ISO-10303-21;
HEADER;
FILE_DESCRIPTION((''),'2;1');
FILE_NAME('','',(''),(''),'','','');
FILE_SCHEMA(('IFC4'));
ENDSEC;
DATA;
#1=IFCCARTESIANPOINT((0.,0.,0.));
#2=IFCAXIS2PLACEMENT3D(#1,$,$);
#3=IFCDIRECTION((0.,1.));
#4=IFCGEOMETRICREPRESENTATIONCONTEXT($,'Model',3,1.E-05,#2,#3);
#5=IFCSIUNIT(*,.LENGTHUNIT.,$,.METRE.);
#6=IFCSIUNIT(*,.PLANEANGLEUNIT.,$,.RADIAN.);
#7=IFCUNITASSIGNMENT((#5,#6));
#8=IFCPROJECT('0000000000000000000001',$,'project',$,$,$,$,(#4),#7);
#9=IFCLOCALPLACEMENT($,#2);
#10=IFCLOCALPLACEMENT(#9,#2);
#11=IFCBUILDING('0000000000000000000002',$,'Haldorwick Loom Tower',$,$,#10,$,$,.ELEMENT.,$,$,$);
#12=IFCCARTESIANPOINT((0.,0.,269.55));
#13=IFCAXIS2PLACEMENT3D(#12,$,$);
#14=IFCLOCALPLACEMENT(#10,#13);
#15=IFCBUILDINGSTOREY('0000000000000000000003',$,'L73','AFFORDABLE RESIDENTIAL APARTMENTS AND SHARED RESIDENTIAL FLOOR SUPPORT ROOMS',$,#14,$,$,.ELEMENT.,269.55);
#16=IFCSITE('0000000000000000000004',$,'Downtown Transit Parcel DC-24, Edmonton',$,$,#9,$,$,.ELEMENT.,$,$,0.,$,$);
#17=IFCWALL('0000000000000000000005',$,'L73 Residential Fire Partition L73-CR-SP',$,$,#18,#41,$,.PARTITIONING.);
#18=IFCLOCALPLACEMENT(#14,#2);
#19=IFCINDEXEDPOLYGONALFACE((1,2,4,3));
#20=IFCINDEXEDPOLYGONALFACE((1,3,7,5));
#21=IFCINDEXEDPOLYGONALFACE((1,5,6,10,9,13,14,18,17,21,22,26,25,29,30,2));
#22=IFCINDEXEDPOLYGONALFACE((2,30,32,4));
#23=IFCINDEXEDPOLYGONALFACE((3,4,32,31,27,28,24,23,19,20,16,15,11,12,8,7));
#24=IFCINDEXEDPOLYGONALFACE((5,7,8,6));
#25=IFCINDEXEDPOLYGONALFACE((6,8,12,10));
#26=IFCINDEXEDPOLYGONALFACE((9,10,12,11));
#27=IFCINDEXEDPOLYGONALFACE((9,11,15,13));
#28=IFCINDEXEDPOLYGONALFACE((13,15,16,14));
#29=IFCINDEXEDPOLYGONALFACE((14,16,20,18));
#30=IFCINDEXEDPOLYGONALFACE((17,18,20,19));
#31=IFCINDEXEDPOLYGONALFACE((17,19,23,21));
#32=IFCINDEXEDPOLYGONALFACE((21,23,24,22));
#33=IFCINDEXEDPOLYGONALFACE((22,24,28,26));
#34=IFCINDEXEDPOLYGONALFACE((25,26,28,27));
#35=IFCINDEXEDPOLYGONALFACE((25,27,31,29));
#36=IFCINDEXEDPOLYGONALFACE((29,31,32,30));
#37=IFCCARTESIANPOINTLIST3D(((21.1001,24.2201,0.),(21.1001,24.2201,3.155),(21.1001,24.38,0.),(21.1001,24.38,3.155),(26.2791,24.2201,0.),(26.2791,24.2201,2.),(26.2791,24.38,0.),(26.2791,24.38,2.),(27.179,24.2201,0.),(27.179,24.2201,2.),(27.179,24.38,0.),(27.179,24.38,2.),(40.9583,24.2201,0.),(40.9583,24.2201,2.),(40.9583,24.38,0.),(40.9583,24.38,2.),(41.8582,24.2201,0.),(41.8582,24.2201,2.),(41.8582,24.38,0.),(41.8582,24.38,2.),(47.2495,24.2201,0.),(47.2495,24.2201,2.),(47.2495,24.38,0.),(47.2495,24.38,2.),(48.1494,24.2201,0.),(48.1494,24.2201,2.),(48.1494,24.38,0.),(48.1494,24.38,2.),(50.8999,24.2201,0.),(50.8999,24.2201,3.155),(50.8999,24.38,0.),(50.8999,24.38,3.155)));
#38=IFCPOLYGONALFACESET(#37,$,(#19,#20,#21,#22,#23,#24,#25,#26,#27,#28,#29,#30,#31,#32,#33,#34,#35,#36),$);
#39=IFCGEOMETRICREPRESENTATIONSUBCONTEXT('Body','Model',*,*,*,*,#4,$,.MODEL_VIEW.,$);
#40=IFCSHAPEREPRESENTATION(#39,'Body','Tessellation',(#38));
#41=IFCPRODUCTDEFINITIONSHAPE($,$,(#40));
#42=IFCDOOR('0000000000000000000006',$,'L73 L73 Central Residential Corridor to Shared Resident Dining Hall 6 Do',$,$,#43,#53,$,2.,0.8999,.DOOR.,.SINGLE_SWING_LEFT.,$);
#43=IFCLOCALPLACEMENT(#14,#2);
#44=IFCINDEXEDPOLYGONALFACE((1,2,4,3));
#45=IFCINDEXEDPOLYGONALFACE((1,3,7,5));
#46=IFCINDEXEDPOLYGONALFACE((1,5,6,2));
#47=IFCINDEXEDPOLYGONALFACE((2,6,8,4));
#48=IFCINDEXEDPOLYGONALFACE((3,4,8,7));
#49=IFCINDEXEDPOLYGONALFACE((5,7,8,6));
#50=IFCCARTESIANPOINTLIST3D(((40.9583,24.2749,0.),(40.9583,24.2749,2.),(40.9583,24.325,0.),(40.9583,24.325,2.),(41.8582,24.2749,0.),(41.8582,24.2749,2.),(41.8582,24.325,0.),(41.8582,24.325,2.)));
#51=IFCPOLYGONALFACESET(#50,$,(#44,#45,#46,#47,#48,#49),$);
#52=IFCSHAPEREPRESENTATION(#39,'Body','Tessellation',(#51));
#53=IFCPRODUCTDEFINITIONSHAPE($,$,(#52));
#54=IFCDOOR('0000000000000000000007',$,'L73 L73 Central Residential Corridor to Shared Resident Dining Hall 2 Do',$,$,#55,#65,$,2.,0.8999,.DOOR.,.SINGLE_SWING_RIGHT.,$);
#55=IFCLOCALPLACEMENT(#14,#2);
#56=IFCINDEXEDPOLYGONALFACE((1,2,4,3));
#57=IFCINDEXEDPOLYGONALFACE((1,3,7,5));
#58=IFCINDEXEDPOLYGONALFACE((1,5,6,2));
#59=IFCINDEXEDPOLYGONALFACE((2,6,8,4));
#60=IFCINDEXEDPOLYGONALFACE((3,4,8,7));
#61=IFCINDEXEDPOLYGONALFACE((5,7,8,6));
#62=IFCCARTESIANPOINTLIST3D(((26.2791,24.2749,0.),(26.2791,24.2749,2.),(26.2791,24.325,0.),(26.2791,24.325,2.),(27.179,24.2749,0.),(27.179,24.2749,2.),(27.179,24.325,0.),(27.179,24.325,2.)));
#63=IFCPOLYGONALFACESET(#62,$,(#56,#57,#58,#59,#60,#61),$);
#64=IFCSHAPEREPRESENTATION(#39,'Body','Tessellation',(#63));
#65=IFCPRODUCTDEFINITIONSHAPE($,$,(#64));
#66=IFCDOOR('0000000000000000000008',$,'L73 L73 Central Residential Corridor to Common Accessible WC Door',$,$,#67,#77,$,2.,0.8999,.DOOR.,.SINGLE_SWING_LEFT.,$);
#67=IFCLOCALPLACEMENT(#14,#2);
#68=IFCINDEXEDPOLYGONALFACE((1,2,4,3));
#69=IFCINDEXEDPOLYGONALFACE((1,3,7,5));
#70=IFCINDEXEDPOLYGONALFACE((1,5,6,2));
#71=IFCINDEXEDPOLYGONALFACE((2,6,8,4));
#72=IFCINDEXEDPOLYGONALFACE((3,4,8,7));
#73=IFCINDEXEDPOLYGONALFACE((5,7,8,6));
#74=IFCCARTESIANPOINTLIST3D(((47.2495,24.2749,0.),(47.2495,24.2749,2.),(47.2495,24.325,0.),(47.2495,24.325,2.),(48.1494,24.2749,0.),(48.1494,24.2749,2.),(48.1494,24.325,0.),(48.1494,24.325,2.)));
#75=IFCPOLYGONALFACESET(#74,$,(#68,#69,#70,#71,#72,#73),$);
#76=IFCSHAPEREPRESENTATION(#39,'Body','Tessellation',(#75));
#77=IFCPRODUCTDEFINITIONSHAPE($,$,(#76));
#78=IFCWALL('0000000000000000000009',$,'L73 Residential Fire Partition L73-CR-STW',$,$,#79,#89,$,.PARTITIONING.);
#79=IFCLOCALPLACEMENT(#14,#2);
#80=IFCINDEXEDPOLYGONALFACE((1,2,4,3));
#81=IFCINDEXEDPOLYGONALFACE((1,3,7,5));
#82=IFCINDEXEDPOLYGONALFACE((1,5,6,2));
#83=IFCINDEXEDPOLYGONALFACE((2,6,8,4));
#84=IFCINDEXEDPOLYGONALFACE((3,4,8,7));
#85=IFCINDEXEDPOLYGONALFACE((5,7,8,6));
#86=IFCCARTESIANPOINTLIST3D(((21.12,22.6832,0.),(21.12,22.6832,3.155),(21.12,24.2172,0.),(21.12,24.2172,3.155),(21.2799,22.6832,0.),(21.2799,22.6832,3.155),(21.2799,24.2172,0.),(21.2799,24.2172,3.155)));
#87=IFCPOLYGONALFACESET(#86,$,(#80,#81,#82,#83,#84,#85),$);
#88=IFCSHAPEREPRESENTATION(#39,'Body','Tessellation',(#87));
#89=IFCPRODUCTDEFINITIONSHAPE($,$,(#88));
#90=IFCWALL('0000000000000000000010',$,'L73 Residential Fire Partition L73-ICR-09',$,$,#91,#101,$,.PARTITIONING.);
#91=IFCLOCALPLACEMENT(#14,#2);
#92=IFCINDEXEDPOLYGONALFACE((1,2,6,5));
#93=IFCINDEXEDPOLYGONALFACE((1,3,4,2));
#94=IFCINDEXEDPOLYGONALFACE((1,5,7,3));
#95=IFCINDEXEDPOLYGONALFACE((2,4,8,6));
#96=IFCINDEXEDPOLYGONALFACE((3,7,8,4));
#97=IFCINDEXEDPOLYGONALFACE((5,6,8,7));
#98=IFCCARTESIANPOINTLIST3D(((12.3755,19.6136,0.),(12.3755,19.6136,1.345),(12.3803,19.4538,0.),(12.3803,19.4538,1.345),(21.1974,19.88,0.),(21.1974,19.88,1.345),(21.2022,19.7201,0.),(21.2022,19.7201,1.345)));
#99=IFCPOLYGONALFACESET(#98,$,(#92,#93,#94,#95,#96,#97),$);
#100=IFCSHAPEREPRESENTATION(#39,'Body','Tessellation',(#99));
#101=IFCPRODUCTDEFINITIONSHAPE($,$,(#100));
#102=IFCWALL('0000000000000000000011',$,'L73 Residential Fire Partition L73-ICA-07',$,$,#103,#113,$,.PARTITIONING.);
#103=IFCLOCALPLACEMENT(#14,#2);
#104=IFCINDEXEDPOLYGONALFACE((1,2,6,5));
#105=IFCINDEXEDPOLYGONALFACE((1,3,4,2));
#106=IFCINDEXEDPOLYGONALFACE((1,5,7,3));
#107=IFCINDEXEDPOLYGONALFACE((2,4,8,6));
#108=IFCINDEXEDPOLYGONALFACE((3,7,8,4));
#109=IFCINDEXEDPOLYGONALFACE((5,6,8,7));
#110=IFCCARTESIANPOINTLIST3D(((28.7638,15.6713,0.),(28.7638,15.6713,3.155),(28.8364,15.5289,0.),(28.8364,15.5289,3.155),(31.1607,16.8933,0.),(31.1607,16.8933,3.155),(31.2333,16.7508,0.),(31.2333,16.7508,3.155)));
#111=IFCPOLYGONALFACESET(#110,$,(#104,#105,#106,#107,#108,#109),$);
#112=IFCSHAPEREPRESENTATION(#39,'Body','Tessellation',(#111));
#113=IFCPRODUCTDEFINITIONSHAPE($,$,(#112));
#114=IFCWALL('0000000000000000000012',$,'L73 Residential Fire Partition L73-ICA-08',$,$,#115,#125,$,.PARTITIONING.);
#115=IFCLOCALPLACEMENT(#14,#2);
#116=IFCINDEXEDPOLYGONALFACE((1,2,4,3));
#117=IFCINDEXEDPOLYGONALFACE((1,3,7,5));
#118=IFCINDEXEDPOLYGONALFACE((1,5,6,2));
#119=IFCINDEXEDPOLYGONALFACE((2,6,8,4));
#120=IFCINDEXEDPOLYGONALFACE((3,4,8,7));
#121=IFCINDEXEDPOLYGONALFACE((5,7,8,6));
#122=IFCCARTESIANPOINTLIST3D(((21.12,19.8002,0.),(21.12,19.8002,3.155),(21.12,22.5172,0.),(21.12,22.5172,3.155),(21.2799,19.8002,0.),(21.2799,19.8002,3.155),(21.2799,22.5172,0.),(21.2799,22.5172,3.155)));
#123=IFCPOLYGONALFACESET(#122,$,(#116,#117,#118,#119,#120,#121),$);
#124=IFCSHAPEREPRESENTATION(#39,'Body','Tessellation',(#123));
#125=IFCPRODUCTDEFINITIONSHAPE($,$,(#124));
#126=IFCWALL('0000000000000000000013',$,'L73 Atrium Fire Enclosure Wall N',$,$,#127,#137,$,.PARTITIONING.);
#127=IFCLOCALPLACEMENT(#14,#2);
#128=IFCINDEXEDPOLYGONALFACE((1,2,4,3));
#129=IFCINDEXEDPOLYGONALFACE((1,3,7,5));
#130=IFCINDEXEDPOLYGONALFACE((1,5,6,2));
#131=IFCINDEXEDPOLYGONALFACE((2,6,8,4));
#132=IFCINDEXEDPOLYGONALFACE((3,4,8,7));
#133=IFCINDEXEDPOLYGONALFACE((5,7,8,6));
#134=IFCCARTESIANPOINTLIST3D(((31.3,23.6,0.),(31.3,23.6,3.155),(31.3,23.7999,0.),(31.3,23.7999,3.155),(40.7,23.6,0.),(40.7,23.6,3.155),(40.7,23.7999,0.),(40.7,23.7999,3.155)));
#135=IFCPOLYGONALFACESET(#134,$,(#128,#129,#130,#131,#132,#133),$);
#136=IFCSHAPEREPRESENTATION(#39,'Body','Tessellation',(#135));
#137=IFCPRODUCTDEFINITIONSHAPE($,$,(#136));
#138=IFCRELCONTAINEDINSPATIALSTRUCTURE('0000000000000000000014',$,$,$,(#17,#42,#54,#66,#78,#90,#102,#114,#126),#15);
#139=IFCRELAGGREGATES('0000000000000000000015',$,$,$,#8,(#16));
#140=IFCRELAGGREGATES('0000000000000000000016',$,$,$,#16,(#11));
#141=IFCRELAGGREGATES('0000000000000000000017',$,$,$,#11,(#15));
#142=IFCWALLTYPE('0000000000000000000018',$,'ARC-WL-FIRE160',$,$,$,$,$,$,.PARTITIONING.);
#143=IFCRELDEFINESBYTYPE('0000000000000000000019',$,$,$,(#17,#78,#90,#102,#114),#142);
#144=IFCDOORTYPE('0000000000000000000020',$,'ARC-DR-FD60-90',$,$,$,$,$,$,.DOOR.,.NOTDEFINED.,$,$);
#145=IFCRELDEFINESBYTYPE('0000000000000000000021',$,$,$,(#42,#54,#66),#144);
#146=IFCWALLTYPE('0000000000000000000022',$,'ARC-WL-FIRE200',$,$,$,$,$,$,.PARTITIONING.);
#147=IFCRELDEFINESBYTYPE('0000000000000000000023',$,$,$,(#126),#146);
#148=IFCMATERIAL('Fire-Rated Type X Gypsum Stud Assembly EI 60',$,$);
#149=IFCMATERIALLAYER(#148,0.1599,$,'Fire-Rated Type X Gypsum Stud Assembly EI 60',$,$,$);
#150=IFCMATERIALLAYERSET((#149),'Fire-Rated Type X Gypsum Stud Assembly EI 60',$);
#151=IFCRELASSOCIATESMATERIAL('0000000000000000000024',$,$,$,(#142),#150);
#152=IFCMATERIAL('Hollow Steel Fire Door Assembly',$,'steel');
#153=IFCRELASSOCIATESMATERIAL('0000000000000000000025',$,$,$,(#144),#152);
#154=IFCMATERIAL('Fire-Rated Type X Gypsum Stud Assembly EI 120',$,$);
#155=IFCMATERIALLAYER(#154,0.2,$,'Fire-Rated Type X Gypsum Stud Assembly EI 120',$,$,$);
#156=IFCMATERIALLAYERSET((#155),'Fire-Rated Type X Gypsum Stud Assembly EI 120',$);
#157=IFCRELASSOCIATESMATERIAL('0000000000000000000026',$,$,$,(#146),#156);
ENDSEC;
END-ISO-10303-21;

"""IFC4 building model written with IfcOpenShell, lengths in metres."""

from ifc_helpers import new_model, si_unit, direction, frame, frame_2d, origin, place, context, subcontext, project, spatial, rectangle, extrude, material, layer, layer_set, type_object, element, fill, save


model = new_model("IFC4")

# Units and contexts
model_context = context("Model", 3, precision=1e-05, world=origin(), true_north=direction((0.0, 1.0)))
body_context = subcontext(model_context, "Body", "Model", "MODEL_VIEW")
ifc_project = project(units=[si_unit("LENGTHUNIT", "METRE"), si_unit("PLANEANGLEUNIT", "RADIAN")], contexts=[model_context])

# Site, building, storey
site_placement = place(None, origin())
site = spatial("IfcSite", under=ifc_project, at=site_placement, Name="Downtown Transit Parcel DC-24, Edmonton", CompositionType="ELEMENT", RefElevation=0.0)
building_placement = place(site_placement, origin())
building = spatial("IfcBuilding", under=site, at=building_placement, Name="Haldorwick Loom Tower", CompositionType="ELEMENT")
storey_placement = place(building_placement, frame((0.0, 0.0, 269.55)))
storey = spatial("IfcBuildingStorey", under=building, at=storey_placement, Name="L73", Description="AFFORDABLE RESIDENTIAL APARTMENTS AND SHARED RESIDENTIAL FLOOR SUPPORT ROOMS", CompositionType="ELEMENT", Elevation=269.55)

# Wall, openings, doors
ifc_material_1 = material(Name="Fire-Rated Type X Gypsum Stud Assembly EI 60")
ifc_layer_1 = layer(ifc_material_1, 0.1599, Name="Fire-Rated Type X Gypsum Stud Assembly EI 60")
ifc_layer_set_1 = layer_set([ifc_layer_1], Name="Fire-Rated Type X Gypsum Stud Assembly EI 60")
wall_type_1 = type_object("IfcWallType", Name="ARC-WL-FIRE160", PredefinedType="PARTITIONING", material=ifc_layer_set_1)
wall_1_placement = place(storey_placement, frame((21.1001, 24.3, 0.0), z_axis=(0.0, 0.0, 1.0), x_axis=(1.0, 0.0, 0.0)))
wall_1 = element("IfcWall", 1, at=wall_1_placement, inside=storey, type_object=wall_type_1, Name="L73 Residential Fire Partition L73-CR-SP", PredefinedType="PARTITIONING", context=body_context, shape_type="SweptSolid", body=[
    extrude(rectangle(XDim=29.7998, YDim=0.1599, at=frame_2d((14.8999, 0.0))), origin(), (0.0, 0.0, 1.0), 3.155),
])
opening_1_placement = place(wall_1_placement, frame((19.8582, 0.0, 0.0)))
opening_1 = element("IfcOpeningElement", 2, at=opening_1_placement, cuts=wall_1, PredefinedType="OPENING", context=body_context, shape_type="SweptSolid", body=[
    extrude(rectangle(XDim=0.8999, YDim=2.0, at=frame_2d((0.45, 1.0))), frame((0.0, 0.0898, 0.0), z_axis=(0.0, -1.0, 0.0), x_axis=(1.0, 0.0, 0.0)), (0.0, 0.0, 1.0), 0.1799),
])
opening_2_placement = place(wall_1_placement, frame((5.179, 0.0, 0.0)))
opening_2 = element("IfcOpeningElement", 3, at=opening_2_placement, cuts=wall_1, PredefinedType="OPENING", context=body_context, shape_type="SweptSolid", body=[
    extrude(rectangle(XDim=0.8999, YDim=2.0, at=frame_2d((0.45, 1.0))), frame((0.0, 0.0898, 0.0), z_axis=(0.0, -1.0, 0.0), x_axis=(1.0, 0.0, 0.0)), (0.0, 0.0, 1.0), 0.1799),
])
opening_3_placement = place(wall_1_placement, frame((26.1494, 0.0, 0.0)))
opening_3 = element("IfcOpeningElement", 4, at=opening_3_placement, cuts=wall_1, PredefinedType="OPENING", context=body_context, shape_type="SweptSolid", body=[
    extrude(rectangle(XDim=0.8999, YDim=2.0, at=frame_2d((0.45, 1.0))), frame((0.0, 0.0898, 0.0), z_axis=(0.0, -1.0, 0.0), x_axis=(1.0, 0.0, 0.0)), (0.0, 0.0, 1.0), 0.1799),
])
ifc_material_2 = material(Name="Hollow Steel Fire Door Assembly", Category="steel")
door_type_1 = type_object("IfcDoorType", Name="ARC-DR-FD60-90", OperationType="NOTDEFINED", PredefinedType="DOOR", material=ifc_material_2)
door_1_placement = place(opening_1_placement, origin())
door_1 = element("IfcDoor", 5, at=door_1_placement, inside=storey, type_object=door_type_1, Name="L73 L73 Central Residential Corridor to Shared Resident Dining Hall 6 Do", OperationType="SINGLE_SWING_LEFT", OverallHeight=2.0, OverallWidth=0.8999, PredefinedType="DOOR", context=body_context, shape_type="SweptSolid", body=[
    extrude(rectangle(XDim=0.8999, YDim=2.0, at=frame_2d((0.45, 1.0))), frame((0.0, 0.0249, 0.0), z_axis=(0.0, -1.0, 0.0), x_axis=(1.0, 0.0, 0.0)), (0.0, 0.0, 1.0), 0.05),
])
fill(opening_1, door_1)
door_2_placement = place(opening_2_placement, origin())
door_2 = element("IfcDoor", 6, at=door_2_placement, inside=storey, type_object=door_type_1, Name="L73 L73 Central Residential Corridor to Shared Resident Dining Hall 2 Do", OperationType="SINGLE_SWING_RIGHT", OverallHeight=2.0, OverallWidth=0.8999, PredefinedType="DOOR", context=body_context, shape_type="SweptSolid", body=[
    extrude(rectangle(XDim=0.8999, YDim=2.0, at=frame_2d((0.45, 1.0))), frame((0.0, 0.0249, 0.0), z_axis=(0.0, -1.0, 0.0), x_axis=(1.0, 0.0, 0.0)), (0.0, 0.0, 1.0), 0.05),
])
fill(opening_2, door_2)
door_3_placement = place(opening_3_placement, origin())
door_3 = element("IfcDoor", 7, at=door_3_placement, inside=storey, type_object=door_type_1, Name="L73 L73 Central Residential Corridor to Common Accessible WC Door", OperationType="SINGLE_SWING_LEFT", OverallHeight=2.0, OverallWidth=0.8999, PredefinedType="DOOR", context=body_context, shape_type="SweptSolid", body=[
    extrude(rectangle(XDim=0.8999, YDim=2.0, at=frame_2d((0.45, 1.0))), frame((0.0, 0.0249, 0.0), z_axis=(0.0, -1.0, 0.0), x_axis=(1.0, 0.0, 0.0)), (0.0, 0.0, 1.0), 0.05),
])
fill(opening_3, door_3)

# Walls
wall_2_placement = place(storey_placement, frame((21.2, 22.6831, 0.0), z_axis=(0.0, 0.0, 1.0), x_axis=(0.0, 1.0, 0.0)))
element("IfcWall", 8, at=wall_2_placement, inside=storey, type_object=wall_type_1, Name="L73 Residential Fire Partition L73-CR-STW", PredefinedType="PARTITIONING", context=body_context, shape_type="SweptSolid", body=[
    extrude(rectangle(XDim=1.5339, YDim=0.1599, at=frame_2d((0.7671, 0.0))), origin(), (0.0, 0.0, 1.0), 3.155),
])
wall_3_placement = place(storey_placement, frame((21.2, 19.8, 0.0), z_axis=(0.0, 0.0, 1.0), x_axis=(-0.999545, -0.030179, 0.0)))
element("IfcWall", 9, at=wall_3_placement, inside=storey, type_object=wall_type_1, Name="L73 Residential Fire Partition L73-ICR-09", PredefinedType="PARTITIONING", context=body_context, shape_type="SweptSolid", body=[
    extrude(rectangle(XDim=8.8259, YDim=0.1599, at=frame_2d((4.4131, 0.0))), origin(), (0.0, 0.0, 1.0), 1.345),
])
wall_4_placement = place(storey_placement, frame((31.197, 16.822, 0.0), z_axis=(0.0, 0.0, 1.0), x_axis=(-0.890916, -0.454169, 0.0)))
element("IfcWall", 10, at=wall_4_placement, inside=storey, type_object=wall_type_1, Name="L73 Residential Fire Partition L73-ICA-07", PredefinedType="PARTITIONING", context=body_context, shape_type="SweptSolid", body=[
    extrude(rectangle(XDim=2.6904, YDim=0.1599, at=frame_2d((1.3452, 0.0))), origin(), (0.0, 0.0, 1.0), 3.155),
])
wall_5_placement = place(storey_placement, frame((21.2, 22.5171, 0.0), z_axis=(0.0, 0.0, 1.0), x_axis=(0.0, -1.0, 0.0)))
element("IfcWall", 11, at=wall_5_placement, inside=storey, type_object=wall_type_1, Name="L73 Residential Fire Partition L73-ICA-08", PredefinedType="PARTITIONING", context=body_context, shape_type="SweptSolid", body=[
    extrude(rectangle(XDim=2.717, YDim=0.1599, at=frame_2d((1.3584, 0.0))), origin(), (0.0, 0.0, 1.0), 3.155),
])
ifc_material_3 = material(Name="Fire-Rated Type X Gypsum Stud Assembly EI 120")
ifc_layer_2 = layer(ifc_material_3, 0.2, Name="Fire-Rated Type X Gypsum Stud Assembly EI 120")
ifc_layer_set_2 = layer_set([ifc_layer_2], Name="Fire-Rated Type X Gypsum Stud Assembly EI 120")
wall_type_2 = type_object("IfcWallType", Name="ARC-WL-FIRE200", PredefinedType="PARTITIONING", material=ifc_layer_set_2)
wall_6_placement = place(storey_placement, frame((31.3, 23.7, 0.0), z_axis=(0.0, 0.0, 1.0), x_axis=(1.0, 0.0, 0.0)))
element("IfcWall", 12, at=wall_6_placement, inside=storey, type_object=wall_type_2, Name="L73 Atrium Fire Enclosure Wall N", PredefinedType="PARTITIONING", context=body_context, shape_type="SweptSolid", body=[
    extrude(rectangle(XDim=9.3999, YDim=0.2, at=frame_2d((4.7, 0.0))), origin(), (0.0, 0.0, 1.0), 3.155),
])

save(model, "model.ifc")
